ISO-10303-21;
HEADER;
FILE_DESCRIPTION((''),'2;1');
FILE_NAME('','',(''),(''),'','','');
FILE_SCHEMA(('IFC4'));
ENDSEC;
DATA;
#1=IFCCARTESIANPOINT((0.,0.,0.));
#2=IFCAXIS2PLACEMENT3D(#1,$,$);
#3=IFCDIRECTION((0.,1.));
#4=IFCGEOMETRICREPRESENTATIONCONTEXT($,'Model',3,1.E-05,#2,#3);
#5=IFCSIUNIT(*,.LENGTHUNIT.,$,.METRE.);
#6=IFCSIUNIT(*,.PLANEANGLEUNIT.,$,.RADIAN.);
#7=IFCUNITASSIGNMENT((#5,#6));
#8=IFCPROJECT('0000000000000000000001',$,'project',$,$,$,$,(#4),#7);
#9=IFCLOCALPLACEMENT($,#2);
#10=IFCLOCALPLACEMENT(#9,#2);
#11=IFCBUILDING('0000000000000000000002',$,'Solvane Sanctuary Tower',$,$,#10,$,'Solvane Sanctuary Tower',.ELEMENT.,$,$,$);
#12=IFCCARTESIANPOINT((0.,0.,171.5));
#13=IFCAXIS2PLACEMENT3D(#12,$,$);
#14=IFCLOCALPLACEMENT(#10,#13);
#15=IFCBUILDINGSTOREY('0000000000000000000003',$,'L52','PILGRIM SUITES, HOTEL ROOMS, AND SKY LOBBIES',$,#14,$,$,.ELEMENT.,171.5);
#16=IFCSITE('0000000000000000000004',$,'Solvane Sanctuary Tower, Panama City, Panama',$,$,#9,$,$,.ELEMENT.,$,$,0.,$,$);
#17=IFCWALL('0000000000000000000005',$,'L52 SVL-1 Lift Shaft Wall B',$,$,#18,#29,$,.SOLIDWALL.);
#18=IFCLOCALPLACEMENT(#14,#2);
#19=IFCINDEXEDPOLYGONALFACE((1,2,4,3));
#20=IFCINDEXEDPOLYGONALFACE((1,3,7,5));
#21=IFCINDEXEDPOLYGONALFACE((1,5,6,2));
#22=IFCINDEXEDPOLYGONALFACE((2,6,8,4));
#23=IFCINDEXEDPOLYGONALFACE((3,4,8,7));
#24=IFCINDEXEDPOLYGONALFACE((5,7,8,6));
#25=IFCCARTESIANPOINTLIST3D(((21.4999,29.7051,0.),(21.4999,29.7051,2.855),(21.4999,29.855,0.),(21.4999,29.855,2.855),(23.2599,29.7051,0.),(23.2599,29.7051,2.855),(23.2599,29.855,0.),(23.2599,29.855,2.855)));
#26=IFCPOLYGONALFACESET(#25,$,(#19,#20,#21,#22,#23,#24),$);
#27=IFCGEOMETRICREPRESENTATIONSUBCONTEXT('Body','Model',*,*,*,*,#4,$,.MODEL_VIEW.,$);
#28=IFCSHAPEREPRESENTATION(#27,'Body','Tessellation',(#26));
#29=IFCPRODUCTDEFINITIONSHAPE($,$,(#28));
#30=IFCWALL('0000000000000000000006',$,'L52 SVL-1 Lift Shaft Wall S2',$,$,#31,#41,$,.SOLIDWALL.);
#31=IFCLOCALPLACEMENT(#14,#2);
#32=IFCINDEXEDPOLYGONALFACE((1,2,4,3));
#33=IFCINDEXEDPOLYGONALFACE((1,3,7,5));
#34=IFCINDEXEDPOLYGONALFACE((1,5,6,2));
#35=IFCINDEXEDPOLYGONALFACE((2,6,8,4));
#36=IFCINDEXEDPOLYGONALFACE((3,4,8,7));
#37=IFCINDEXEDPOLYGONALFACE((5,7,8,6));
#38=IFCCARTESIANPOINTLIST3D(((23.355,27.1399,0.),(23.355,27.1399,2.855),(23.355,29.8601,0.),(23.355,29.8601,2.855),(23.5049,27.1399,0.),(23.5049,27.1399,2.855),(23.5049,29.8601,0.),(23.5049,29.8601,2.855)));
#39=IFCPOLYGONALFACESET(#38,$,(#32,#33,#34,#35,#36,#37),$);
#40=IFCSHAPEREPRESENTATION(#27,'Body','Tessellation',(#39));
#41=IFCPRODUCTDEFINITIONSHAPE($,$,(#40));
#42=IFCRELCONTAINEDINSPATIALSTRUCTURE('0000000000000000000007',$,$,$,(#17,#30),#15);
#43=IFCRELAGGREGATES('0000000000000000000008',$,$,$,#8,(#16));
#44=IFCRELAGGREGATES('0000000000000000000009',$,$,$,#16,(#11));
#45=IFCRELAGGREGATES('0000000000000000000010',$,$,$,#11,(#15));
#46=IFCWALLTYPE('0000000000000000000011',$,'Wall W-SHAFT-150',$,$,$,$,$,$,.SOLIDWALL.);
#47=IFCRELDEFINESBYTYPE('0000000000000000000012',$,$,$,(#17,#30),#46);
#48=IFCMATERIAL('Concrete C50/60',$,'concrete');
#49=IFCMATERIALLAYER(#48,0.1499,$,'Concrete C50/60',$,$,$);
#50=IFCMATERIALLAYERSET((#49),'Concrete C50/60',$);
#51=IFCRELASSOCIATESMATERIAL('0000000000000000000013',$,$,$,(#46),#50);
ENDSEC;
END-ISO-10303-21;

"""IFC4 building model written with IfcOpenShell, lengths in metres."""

from ifc_helpers import new_model, si_unit, direction, frame, frame_2d, origin, place, context, subcontext, project, spatial, rectangle, extrude, material, layer, layer_set, type_object, element, save


model = new_model("IFC4")

# Units and contexts
model_context = context("Model", 3, precision=1e-05, world=origin(), true_north=direction((0.0, 1.0)))
body_context = subcontext(model_context, "Body", "Model", "MODEL_VIEW")
ifc_project = project(units=[si_unit("LENGTHUNIT", "METRE"), si_unit("PLANEANGLEUNIT", "RADIAN")], contexts=[model_context])

# Site, building, storey
site_placement = place(None, origin())
site = spatial("IfcSite", under=ifc_project, at=site_placement, Name="Solvane Sanctuary Tower, Panama City, Panama", CompositionType="ELEMENT", RefElevation=0.0)
building_placement = place(site_placement, origin())
building = spatial("IfcBuilding", under=site, at=building_placement, Name="Solvane Sanctuary Tower", LongName="Solvane Sanctuary Tower", CompositionType="ELEMENT")
storey_placement = place(building_placement, frame((0.0, 0.0, 171.5)))
storey = spatial("IfcBuildingStorey", under=building, at=storey_placement, Name="L52", Description="PILGRIM SUITES, HOTEL ROOMS, AND SKY LOBBIES", CompositionType="ELEMENT", Elevation=171.5)

# Shared definitions
ifc_material_1 = material(Name="Concrete C50/60", Category="concrete")

# Shared definitions
ifc_layer_1 = layer(ifc_material_1, 0.1499, Name="Concrete C50/60")
ifc_layer_set_1 = layer_set([ifc_layer_1], Name="Concrete C50/60")
wall_type_1 = type_object("IfcWallType", Name="Wall W-SHAFT-150", PredefinedType="SOLIDWALL", material=ifc_layer_set_1)

# Walls
wall_1_placement = place(storey_placement, frame((21.5, 29.78, 0.0), z_axis=(0.0, 0.0, 1.0), x_axis=(1.0, 0.0, 0.0)))
element("IfcWall", 1, at=wall_1_placement, inside=storey, type_object=wall_type_1, Name="L52 SVL-1 Lift Shaft Wall B", PredefinedType="SOLIDWALL", context=body_context, shape_type="SweptSolid", body=[
    extrude(rectangle(XDim=1.76, YDim=0.1499, at=frame_2d((0.8799, 0.0))), origin(), (0.0, 0.0, 1.0), 2.855),
])
wall_2_placement = place(storey_placement, frame((23.4299, 27.1399, 0.0), z_axis=(0.0, 0.0, 1.0), x_axis=(0.0, 1.0, 0.0)))
element("IfcWall", 2, at=wall_2_placement, inside=storey, type_object=wall_type_1, Name="L52 SVL-1 Lift Shaft Wall S2", PredefinedType="SOLIDWALL", context=body_context, shape_type="SweptSolid", body=[
    extrude(rectangle(XDim=2.7202, YDim=0.1499, at=frame_2d((1.3601, 0.0))), origin(), (0.0, 0.0, 1.0), 2.855),
])

save(model, "model.ifc")
